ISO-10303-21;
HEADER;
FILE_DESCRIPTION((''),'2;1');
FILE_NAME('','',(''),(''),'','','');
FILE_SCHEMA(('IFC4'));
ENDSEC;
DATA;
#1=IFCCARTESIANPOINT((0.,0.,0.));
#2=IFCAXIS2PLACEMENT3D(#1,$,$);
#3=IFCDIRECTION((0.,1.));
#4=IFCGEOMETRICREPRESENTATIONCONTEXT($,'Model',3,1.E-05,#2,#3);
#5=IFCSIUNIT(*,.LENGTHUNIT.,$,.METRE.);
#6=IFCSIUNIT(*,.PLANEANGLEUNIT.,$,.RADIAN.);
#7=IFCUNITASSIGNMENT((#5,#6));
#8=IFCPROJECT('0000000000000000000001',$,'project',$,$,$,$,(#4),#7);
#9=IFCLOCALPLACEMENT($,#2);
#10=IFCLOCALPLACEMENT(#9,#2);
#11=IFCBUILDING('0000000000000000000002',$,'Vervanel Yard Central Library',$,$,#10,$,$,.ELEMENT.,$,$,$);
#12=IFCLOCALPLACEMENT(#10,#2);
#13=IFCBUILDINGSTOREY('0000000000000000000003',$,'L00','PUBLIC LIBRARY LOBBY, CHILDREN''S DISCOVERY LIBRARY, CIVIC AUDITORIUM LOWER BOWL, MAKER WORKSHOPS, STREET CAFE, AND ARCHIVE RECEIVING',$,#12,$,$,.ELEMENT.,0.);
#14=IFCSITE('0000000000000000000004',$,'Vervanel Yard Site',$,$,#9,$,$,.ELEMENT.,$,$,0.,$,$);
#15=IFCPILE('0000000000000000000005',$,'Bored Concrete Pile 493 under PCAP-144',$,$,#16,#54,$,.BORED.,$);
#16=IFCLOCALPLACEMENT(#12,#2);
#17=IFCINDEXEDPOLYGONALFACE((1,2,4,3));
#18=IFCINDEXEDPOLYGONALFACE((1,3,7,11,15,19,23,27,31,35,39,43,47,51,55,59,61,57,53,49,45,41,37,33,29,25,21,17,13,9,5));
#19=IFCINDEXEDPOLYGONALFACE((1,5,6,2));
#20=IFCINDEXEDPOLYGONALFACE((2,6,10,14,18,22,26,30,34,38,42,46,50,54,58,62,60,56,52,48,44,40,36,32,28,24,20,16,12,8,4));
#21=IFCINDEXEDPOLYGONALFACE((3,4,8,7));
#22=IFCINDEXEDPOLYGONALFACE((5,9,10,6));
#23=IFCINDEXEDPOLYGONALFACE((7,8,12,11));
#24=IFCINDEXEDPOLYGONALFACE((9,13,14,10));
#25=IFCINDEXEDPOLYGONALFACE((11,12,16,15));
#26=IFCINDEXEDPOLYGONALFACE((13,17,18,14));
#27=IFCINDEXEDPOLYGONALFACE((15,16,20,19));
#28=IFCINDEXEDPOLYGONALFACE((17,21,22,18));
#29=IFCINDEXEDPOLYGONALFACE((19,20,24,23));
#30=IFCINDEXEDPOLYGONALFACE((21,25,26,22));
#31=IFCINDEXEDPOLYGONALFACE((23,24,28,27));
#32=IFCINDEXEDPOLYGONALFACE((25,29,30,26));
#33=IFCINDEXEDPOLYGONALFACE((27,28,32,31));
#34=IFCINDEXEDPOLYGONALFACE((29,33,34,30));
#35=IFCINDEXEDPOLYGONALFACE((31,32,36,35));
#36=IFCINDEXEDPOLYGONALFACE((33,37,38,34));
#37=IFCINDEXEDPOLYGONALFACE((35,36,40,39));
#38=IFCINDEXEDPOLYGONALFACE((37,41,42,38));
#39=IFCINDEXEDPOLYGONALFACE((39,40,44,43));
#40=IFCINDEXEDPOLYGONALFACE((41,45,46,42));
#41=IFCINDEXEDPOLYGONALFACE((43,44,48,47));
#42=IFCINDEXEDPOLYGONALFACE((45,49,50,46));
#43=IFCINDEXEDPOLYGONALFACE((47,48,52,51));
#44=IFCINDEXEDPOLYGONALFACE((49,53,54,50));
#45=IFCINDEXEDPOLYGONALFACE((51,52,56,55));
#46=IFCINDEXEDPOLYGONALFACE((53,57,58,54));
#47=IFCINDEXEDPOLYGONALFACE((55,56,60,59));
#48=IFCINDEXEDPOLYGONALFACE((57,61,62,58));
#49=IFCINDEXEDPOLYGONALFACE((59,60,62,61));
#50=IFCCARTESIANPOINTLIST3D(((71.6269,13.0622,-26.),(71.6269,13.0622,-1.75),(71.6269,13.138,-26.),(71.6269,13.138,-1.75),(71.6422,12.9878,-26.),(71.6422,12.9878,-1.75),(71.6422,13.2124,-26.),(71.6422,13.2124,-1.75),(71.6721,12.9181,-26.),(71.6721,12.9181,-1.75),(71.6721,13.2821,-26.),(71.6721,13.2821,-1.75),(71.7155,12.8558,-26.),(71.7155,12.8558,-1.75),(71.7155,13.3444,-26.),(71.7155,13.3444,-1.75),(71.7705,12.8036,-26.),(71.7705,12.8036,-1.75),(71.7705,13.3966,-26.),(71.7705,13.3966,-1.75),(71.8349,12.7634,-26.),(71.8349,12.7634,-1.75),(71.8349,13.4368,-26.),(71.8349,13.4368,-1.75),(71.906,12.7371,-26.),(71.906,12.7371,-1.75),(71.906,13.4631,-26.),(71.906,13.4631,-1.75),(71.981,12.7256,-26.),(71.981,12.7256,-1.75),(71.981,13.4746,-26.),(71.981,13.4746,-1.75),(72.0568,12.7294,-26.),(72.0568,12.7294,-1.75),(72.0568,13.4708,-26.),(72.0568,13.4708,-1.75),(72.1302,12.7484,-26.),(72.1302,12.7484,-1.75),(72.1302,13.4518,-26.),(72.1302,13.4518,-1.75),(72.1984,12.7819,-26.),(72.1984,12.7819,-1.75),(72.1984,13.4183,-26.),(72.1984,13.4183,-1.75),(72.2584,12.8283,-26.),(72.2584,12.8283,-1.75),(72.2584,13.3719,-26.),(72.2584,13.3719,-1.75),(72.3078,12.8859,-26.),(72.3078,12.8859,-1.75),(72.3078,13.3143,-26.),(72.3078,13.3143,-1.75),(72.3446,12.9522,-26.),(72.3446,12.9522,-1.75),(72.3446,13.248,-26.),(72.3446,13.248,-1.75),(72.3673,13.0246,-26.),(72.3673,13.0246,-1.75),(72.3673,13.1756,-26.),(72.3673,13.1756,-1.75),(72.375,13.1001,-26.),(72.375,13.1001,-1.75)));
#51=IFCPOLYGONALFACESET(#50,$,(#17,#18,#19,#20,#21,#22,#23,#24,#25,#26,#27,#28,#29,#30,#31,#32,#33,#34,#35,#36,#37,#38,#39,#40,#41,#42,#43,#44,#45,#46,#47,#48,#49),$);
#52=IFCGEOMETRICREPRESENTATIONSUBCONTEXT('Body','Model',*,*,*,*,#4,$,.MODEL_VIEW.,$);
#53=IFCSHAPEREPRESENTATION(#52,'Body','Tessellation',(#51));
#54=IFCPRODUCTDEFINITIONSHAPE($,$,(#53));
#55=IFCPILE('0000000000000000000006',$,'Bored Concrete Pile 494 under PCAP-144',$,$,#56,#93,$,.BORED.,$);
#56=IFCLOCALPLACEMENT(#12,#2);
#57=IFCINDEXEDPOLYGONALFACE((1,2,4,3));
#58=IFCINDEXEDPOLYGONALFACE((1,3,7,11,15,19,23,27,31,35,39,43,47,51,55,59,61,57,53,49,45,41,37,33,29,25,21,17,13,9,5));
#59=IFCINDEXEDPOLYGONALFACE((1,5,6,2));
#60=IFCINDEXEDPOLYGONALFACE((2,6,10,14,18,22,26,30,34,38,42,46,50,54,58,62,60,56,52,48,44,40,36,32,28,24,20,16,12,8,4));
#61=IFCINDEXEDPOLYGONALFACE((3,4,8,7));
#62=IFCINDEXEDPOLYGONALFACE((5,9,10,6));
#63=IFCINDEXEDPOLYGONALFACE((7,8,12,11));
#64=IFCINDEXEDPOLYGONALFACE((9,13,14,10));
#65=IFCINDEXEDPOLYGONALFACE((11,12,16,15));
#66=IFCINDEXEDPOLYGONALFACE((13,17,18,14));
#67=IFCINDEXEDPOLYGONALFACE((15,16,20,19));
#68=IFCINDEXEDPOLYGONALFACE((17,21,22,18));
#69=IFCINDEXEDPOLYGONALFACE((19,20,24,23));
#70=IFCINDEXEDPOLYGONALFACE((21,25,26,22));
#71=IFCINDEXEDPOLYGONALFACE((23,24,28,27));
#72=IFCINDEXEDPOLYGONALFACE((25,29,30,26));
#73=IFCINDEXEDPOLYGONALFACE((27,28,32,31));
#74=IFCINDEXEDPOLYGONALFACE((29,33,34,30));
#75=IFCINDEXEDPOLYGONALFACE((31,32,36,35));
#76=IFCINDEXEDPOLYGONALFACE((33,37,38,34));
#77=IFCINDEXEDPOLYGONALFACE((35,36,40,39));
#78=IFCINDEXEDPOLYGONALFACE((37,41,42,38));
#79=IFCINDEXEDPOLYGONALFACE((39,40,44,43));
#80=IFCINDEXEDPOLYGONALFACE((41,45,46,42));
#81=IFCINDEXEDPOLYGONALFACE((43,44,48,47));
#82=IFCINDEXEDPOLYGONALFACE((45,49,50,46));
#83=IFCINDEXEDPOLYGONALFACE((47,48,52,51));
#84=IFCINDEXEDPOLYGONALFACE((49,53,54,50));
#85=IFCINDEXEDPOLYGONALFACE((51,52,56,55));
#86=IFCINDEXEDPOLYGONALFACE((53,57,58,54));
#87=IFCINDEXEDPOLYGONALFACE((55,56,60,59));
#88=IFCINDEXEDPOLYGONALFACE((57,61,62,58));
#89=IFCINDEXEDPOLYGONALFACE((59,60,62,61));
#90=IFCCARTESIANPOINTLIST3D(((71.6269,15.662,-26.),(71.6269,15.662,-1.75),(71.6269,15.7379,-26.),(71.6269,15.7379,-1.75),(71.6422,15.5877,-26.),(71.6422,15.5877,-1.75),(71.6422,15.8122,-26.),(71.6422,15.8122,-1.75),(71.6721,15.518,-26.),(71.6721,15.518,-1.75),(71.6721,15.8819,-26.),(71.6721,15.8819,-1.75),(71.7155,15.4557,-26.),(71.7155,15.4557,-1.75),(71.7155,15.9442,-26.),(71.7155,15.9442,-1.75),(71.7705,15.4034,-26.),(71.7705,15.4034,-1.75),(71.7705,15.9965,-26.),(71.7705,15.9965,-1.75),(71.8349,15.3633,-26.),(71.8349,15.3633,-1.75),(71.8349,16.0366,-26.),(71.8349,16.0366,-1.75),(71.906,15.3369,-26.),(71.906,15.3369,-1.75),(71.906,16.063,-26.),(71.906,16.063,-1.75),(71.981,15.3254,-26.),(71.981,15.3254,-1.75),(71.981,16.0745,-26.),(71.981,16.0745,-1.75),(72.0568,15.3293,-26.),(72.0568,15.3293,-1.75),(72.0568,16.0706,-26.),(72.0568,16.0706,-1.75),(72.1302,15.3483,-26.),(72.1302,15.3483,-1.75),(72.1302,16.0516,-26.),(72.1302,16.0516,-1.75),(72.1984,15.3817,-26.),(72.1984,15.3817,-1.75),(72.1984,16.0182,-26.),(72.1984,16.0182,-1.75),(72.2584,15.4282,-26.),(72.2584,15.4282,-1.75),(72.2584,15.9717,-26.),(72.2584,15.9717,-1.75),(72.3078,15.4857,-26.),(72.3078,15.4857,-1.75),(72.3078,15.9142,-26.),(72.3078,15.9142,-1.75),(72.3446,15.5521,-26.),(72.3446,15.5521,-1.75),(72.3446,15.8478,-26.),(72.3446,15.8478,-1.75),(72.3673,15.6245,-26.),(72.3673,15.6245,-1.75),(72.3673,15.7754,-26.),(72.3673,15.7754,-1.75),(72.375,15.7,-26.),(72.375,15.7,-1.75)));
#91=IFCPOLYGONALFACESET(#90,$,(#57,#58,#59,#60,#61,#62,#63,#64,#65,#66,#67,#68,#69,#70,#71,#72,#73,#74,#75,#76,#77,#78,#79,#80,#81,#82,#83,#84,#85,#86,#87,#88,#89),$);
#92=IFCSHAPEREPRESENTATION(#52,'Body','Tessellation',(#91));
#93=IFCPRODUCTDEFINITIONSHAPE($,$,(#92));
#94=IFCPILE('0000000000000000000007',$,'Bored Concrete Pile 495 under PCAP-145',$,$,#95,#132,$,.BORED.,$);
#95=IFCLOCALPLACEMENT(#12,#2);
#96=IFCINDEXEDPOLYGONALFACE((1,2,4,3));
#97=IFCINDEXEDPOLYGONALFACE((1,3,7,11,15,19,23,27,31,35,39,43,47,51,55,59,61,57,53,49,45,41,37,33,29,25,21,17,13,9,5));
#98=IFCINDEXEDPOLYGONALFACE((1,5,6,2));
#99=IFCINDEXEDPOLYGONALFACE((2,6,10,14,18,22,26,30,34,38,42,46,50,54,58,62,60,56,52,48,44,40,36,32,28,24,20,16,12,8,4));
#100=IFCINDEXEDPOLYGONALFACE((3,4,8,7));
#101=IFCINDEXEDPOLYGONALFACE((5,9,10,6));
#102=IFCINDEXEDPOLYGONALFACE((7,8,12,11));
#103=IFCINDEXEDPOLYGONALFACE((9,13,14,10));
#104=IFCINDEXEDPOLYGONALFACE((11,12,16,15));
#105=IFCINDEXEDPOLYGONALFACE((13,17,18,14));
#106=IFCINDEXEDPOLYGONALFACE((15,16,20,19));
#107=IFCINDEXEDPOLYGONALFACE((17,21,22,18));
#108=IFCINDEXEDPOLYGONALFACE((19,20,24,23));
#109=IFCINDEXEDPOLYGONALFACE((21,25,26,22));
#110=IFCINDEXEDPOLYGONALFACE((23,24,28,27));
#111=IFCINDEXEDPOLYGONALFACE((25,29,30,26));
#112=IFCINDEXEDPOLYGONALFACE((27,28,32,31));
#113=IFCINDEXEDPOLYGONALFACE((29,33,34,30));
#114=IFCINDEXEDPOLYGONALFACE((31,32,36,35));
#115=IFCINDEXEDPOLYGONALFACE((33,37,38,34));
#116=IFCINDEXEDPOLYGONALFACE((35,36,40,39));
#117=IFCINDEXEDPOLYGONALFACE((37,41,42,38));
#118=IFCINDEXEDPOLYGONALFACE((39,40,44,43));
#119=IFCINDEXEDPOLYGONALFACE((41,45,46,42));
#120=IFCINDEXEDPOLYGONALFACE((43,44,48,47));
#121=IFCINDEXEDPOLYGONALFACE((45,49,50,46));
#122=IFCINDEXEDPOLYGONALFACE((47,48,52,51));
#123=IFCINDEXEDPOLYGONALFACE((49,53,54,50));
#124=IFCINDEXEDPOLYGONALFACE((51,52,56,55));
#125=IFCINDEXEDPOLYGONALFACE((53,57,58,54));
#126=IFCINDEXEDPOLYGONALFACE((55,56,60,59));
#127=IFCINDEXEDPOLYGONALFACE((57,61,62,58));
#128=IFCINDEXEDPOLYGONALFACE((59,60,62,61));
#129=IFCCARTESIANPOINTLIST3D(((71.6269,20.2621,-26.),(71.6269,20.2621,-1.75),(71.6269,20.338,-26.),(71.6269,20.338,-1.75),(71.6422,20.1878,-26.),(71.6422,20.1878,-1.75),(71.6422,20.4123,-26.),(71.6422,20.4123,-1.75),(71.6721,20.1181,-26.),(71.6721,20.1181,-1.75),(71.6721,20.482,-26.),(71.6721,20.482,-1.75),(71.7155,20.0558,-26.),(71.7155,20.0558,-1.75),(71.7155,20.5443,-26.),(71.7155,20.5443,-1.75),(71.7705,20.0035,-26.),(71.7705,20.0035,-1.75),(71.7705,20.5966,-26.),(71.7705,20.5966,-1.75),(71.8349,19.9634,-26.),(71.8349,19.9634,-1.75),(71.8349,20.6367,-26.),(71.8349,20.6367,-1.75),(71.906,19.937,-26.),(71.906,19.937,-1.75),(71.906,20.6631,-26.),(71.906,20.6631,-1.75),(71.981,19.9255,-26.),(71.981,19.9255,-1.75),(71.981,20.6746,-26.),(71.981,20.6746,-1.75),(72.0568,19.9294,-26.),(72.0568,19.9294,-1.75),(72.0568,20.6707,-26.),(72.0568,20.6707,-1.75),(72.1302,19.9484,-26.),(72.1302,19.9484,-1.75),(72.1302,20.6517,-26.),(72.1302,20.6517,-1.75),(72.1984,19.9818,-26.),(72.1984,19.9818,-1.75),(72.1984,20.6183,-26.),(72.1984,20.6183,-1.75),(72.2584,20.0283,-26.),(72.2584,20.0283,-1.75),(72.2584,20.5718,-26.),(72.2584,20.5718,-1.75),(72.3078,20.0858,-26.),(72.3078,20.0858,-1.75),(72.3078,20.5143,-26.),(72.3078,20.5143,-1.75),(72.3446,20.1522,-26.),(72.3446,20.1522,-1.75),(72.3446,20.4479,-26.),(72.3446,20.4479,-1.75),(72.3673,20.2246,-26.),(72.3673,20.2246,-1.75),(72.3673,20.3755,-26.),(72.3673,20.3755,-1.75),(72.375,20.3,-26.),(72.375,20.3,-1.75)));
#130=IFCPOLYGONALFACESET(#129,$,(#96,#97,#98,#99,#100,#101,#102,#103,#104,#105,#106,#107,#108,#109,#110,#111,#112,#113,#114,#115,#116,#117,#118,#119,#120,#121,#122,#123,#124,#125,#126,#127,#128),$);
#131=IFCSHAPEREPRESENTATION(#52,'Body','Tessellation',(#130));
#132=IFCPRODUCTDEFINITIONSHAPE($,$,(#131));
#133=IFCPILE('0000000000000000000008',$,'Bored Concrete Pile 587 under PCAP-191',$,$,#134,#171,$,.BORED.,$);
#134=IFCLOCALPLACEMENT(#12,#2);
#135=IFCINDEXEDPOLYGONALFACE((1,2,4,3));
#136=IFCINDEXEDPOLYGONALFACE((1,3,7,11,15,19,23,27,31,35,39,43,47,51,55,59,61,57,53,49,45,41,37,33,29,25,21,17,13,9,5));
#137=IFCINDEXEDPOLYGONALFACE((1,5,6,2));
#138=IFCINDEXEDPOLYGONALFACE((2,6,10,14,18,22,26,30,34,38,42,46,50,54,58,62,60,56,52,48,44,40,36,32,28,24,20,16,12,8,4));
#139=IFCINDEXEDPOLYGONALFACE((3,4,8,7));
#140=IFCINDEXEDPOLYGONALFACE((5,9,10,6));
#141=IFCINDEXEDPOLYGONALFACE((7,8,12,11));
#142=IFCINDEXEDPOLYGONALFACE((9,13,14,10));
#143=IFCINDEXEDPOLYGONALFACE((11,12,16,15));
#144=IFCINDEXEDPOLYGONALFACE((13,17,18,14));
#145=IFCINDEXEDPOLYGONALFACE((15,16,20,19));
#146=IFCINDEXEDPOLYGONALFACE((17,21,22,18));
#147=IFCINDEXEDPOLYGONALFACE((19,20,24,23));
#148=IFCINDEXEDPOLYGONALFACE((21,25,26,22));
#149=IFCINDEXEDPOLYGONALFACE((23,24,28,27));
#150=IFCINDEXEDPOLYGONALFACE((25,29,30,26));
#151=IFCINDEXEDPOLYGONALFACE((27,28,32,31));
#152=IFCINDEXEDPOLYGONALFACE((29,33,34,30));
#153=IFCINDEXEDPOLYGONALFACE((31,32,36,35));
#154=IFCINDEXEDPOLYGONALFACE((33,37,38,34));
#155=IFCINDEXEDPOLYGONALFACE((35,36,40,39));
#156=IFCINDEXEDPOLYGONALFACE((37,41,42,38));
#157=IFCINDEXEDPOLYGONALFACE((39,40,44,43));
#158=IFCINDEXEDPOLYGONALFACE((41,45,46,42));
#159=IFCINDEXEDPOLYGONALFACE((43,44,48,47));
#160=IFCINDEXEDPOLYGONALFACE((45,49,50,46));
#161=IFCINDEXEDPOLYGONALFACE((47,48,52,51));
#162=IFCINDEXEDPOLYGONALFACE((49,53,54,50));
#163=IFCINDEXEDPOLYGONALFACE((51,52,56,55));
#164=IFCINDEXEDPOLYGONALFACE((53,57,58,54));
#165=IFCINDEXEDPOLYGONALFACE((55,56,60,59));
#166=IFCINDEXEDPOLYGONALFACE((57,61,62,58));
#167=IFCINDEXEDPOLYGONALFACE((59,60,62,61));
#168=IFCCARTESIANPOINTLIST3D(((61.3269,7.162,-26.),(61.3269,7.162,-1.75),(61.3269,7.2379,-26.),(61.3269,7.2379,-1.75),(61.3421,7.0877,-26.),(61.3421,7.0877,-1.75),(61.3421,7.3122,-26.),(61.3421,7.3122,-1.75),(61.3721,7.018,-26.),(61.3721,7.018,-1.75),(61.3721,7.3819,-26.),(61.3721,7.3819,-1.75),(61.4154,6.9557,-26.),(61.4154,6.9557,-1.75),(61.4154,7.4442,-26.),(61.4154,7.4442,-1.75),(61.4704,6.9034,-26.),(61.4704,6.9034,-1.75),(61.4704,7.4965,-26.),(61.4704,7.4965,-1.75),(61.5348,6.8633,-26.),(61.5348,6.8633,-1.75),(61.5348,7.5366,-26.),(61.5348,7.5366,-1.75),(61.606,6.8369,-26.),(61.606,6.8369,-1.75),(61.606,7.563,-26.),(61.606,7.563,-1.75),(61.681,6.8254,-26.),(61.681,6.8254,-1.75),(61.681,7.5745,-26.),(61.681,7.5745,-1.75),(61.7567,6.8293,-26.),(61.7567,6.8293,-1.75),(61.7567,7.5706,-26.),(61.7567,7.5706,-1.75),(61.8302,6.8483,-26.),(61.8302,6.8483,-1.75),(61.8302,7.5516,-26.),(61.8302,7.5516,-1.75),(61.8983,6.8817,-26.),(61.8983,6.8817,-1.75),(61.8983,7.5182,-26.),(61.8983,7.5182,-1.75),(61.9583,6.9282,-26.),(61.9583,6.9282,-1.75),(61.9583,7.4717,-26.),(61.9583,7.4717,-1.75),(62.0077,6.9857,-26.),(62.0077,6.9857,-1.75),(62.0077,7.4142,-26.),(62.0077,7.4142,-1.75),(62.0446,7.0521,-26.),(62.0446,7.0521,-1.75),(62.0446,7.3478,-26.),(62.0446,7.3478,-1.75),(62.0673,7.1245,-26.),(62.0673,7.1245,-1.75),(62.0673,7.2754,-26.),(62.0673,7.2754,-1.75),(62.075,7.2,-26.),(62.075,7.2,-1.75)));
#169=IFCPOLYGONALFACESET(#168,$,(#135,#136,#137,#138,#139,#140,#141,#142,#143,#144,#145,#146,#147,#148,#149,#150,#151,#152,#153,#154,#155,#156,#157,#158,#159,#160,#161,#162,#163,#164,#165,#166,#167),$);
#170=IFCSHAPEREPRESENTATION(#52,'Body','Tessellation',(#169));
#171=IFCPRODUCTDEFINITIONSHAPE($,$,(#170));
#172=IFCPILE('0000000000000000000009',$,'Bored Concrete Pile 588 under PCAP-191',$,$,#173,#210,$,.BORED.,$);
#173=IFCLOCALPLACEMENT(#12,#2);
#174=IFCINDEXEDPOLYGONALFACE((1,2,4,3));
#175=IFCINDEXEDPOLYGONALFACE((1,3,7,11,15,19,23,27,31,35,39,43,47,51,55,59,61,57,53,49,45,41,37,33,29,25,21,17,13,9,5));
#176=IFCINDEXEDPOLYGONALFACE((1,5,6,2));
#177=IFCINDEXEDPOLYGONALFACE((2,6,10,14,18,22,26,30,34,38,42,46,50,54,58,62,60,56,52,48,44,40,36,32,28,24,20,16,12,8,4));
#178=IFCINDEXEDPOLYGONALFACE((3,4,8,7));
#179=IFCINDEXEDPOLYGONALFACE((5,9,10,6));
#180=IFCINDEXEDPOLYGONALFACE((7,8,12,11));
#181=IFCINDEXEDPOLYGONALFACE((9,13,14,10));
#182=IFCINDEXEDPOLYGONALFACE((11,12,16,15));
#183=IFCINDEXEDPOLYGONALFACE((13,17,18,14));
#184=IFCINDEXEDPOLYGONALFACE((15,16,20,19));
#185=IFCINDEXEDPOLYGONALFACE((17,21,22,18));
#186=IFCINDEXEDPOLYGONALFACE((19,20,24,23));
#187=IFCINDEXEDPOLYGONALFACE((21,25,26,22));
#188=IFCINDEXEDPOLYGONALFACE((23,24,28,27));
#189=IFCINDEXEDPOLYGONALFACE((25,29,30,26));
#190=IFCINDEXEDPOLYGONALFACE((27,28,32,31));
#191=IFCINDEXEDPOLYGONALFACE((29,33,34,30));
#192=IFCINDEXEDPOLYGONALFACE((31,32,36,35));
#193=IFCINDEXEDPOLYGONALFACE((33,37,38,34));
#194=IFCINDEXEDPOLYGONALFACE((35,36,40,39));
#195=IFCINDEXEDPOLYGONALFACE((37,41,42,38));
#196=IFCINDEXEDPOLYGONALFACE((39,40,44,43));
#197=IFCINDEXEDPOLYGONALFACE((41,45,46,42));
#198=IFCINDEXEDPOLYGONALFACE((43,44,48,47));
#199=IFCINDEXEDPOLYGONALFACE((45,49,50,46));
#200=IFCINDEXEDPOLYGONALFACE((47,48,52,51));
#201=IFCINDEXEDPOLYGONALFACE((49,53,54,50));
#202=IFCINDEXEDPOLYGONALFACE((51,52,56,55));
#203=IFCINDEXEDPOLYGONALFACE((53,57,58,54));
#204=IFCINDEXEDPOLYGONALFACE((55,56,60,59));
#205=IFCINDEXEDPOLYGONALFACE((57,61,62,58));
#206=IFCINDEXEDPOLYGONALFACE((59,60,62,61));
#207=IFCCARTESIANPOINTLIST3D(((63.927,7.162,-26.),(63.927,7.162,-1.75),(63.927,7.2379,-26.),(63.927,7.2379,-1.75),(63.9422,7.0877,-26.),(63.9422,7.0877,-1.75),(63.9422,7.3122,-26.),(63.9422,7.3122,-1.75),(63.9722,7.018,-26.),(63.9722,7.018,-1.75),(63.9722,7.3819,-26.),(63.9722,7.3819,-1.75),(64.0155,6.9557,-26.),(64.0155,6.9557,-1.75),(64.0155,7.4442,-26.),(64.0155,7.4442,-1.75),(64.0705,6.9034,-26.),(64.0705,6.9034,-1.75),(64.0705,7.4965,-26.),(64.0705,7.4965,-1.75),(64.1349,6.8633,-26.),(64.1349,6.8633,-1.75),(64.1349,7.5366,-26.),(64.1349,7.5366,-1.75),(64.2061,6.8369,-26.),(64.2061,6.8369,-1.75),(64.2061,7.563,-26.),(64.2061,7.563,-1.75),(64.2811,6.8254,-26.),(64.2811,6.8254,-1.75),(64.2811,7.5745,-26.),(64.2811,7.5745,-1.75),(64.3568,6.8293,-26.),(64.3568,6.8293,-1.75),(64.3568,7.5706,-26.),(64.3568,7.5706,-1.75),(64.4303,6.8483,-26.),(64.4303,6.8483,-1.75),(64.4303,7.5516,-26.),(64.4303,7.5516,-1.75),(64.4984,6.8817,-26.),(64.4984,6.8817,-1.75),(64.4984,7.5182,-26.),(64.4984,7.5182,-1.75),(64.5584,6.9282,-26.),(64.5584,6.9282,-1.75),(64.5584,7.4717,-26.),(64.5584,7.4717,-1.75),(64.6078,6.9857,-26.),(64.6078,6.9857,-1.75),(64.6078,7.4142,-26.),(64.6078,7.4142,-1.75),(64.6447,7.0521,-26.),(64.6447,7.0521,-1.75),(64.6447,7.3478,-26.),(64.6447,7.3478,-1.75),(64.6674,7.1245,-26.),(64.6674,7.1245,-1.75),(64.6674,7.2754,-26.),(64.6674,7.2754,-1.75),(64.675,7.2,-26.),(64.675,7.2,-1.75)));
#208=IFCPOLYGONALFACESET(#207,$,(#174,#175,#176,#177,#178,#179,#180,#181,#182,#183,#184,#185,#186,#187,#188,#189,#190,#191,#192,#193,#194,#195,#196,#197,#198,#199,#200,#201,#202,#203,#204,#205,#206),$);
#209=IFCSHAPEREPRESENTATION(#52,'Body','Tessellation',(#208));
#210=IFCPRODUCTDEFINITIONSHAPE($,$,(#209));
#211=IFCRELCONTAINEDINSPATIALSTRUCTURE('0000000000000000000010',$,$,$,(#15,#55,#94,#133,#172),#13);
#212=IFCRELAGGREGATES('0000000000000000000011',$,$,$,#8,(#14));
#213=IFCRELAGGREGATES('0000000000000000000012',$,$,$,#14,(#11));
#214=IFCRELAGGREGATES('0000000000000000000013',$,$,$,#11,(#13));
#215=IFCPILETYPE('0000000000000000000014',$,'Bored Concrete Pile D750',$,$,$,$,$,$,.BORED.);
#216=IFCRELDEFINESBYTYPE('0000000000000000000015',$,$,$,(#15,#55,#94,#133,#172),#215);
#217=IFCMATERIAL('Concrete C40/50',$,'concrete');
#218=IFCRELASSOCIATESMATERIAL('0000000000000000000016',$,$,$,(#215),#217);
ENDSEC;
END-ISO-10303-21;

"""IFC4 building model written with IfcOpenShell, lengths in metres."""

from ifc_helpers import new_model, si_unit, direction, frame, origin, origin_2d, place, context, subcontext, project, spatial, circle, extrude, material, material_profile, profile_set, type_object, element, save


model = new_model("IFC4")

# Units and contexts
model_context = context("Model", 3, precision=1e-05, world=origin(), true_north=direction((0.0, 1.0)))
body_context = subcontext(model_context, "Body", "Model", "MODEL_VIEW")
ifc_project = project(units=[si_unit("LENGTHUNIT", "METRE"), si_unit("PLANEANGLEUNIT", "RADIAN")], contexts=[model_context])

# Site, building, storey
site_placement = place(None, origin())
site = spatial("IfcSite", under=ifc_project, at=site_placement, Name="Vervanel Yard Site", CompositionType="ELEMENT", RefElevation=0.0)
building_placement = place(site_placement, origin())
building = spatial("IfcBuilding", under=site, at=building_placement, Name="Vervanel Yard Central Library", CompositionType="ELEMENT")
storey_placement = place(building_placement, origin())
storey = spatial("IfcBuildingStorey", under=building, at=storey_placement, Name="L00", Description="PUBLIC LIBRARY LOBBY, CHILDREN'S DISCOVERY LIBRARY, CIVIC AUDITORIUM LOWER BOWL, MAKER WORKSHOPS, STREET CAFE, AND ARCHIVE RECEIVING", CompositionType="ELEMENT", Elevation=0.0)

# Piles
ifc_material_1 = material(Name="Concrete C40/50", Category="concrete")
ifc_material_profile_1 = material_profile(ifc_material_1, circle(Radius=0.375, at=origin_2d()), Name="BP D750", Category="concrete")
ifc_profile_set_1 = profile_set([ifc_material_profile_1], Name="Concrete C40/50")
pile_type = type_object("IfcPileType", Name="Bored Concrete Pile D750", PredefinedType="BORED", material=ifc_profile_set_1)
for number, where, z_axis, x_axis, name in (
    (1, (72.0, 13.1001, -1.75), (0.0, 0.0, -1.0), (1.0, 0.0, 0.0), "Bored Concrete Pile 493 under PCAP-144"),
    (2, (72.0, 15.7, -1.75), (0.0, 0.0, -1.0), (1.0, 0.0, 0.0), "Bored Concrete Pile 494 under PCAP-144"),
    (3, (72.0, 20.3, -1.75), (0.0, 0.0, -1.0), (1.0, 0.0, 0.0), "Bored Concrete Pile 495 under PCAP-145"),
    (4, (61.7, 7.2, -1.75), (0.0, 0.0, -1.0), (1.0, 0.0, 0.0), "Bored Concrete Pile 587 under PCAP-191"),
    (5, (64.3, 7.2, -1.75), (0.0, 0.0, -1.0), (1.0, 0.0, 0.0), "Bored Concrete Pile 588 under PCAP-191"),
):
    element("IfcPile", number, at=place(storey_placement, frame(where, z_axis=z_axis, x_axis=x_axis)), inside=storey, type_object=pile_type, Name=name, PredefinedType="BORED", context=body_context, shape_type="SweptSolid", body=[
        extrude(circle(Radius=0.375, at=origin_2d()), origin(), (0.0, 0.0, 1.0), 24.25),
    ])

save(model, "model.ifc")
